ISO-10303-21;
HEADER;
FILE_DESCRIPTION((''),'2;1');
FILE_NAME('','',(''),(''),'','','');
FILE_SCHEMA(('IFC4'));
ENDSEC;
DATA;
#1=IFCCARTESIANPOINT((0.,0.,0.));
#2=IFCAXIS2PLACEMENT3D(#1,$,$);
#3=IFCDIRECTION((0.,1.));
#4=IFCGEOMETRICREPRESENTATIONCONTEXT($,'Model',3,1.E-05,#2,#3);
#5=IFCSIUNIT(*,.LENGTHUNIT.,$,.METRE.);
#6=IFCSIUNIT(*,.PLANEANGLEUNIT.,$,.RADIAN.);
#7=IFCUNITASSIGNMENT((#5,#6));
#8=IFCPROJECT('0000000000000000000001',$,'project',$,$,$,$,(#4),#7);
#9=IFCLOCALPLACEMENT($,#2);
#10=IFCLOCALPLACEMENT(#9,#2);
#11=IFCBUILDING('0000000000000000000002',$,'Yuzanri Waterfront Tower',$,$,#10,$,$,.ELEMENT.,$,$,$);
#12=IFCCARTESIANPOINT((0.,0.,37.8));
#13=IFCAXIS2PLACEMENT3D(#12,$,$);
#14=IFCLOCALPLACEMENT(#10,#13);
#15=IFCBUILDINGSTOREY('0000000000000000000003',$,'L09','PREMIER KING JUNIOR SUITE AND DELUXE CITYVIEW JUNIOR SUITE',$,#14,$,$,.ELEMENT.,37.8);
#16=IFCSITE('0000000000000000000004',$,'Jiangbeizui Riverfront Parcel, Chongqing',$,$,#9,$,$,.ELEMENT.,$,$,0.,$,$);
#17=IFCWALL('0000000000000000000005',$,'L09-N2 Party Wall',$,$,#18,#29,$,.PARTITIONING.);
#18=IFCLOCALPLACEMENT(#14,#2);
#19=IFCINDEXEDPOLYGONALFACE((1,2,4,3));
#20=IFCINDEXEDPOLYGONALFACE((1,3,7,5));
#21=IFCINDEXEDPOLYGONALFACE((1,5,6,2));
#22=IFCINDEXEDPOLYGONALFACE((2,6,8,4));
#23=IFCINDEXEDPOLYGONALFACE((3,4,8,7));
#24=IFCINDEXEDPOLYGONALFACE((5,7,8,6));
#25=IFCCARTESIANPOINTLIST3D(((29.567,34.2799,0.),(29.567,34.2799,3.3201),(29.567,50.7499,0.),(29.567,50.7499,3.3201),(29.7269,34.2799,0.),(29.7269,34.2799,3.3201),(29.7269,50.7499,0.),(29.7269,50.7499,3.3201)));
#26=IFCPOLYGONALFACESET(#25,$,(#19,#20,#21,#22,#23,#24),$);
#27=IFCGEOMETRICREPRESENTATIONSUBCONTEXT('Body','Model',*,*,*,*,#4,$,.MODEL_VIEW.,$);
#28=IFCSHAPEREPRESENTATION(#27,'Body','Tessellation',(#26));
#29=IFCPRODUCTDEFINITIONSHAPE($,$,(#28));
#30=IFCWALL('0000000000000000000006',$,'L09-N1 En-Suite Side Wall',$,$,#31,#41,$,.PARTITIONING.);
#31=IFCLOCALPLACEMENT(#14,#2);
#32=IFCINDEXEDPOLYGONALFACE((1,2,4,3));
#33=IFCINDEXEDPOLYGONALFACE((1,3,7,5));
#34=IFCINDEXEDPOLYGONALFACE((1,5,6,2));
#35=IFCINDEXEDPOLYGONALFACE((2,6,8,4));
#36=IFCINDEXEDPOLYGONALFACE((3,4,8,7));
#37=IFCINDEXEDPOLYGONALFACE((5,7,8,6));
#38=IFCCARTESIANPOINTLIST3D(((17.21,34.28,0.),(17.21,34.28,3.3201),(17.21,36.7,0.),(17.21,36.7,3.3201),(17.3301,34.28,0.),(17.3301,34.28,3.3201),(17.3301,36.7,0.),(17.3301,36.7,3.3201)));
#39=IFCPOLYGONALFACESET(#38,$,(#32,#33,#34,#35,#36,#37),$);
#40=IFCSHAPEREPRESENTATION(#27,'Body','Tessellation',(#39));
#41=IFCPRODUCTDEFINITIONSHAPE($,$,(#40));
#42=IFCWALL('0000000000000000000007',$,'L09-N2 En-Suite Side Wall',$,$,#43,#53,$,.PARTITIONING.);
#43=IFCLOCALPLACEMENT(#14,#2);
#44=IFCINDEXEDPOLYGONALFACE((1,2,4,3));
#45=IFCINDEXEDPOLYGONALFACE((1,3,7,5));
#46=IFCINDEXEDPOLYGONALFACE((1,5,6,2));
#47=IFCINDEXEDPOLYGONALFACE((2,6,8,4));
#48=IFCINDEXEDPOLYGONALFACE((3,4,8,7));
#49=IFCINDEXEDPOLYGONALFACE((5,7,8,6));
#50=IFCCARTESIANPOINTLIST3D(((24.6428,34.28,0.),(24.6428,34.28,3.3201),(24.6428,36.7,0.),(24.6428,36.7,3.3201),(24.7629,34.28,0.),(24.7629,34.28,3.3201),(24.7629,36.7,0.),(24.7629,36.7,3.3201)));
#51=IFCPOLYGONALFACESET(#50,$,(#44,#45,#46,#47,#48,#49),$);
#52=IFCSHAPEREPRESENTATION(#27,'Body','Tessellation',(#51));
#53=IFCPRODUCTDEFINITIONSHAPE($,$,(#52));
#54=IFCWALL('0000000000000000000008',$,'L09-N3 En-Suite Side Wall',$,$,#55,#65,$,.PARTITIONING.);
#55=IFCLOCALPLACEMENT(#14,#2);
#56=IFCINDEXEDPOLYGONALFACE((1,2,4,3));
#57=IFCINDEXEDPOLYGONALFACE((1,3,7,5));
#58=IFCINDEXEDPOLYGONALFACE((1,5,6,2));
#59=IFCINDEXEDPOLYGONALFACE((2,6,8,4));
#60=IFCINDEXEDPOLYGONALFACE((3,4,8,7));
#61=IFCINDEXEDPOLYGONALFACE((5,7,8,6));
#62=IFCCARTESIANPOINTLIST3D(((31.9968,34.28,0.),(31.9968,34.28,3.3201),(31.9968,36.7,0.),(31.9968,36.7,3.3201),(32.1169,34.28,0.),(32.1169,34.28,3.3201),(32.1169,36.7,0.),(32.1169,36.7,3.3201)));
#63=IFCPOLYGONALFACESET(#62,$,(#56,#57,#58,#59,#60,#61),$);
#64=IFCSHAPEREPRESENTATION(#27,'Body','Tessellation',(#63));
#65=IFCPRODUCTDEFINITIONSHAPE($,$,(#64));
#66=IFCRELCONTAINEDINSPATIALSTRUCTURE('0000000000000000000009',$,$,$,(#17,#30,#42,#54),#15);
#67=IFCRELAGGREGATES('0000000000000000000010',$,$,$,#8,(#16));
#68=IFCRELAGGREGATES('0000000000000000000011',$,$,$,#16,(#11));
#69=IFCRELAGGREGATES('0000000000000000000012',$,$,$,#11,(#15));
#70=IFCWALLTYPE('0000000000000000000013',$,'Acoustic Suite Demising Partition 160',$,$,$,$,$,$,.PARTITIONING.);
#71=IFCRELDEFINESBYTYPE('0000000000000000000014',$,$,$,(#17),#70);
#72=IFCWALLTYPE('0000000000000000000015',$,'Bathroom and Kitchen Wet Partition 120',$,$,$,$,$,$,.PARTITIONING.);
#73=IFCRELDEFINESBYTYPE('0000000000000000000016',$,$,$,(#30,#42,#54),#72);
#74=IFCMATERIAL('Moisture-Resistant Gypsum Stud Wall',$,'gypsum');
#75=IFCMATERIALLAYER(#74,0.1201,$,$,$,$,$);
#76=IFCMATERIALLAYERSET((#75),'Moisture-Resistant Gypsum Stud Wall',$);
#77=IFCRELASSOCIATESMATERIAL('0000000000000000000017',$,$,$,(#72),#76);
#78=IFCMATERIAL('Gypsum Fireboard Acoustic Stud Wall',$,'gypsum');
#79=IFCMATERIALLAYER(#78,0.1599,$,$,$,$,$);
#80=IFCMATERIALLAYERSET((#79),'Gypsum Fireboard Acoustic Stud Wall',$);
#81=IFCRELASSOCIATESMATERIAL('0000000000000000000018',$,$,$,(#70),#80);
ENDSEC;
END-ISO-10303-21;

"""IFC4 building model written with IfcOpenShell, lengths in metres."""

from ifc_helpers import new_model, si_unit, direction, frame, frame_2d, origin, place, context, subcontext, project, spatial, rectangle, extrude, source, transform, mapped, material, layer, layer_set, type_object, element, save


model = new_model("IFC4")

# Units and contexts
model_context = context("Model", 3, precision=1e-05, world=origin(), true_north=direction((0.0, 1.0)))
body_context = subcontext(model_context, "Body", "Model", "MODEL_VIEW")
ifc_project = project(units=[si_unit("LENGTHUNIT", "METRE"), si_unit("PLANEANGLEUNIT", "RADIAN")], contexts=[model_context])

# Site, building, storey
site_placement = place(None, origin())
site = spatial("IfcSite", under=ifc_project, at=site_placement, Name="Jiangbeizui Riverfront Parcel, Chongqing", CompositionType="ELEMENT", RefElevation=0.0)
building_placement = place(site_placement, origin())
building = spatial("IfcBuilding", under=site, at=building_placement, Name="Yuzanri Waterfront Tower", CompositionType="ELEMENT")
storey_placement = place(building_placement, frame((0.0, 0.0, 37.8)))
storey = spatial("IfcBuildingStorey", under=building, at=storey_placement, Name="L09", Description="PREMIER KING JUNIOR SUITE AND DELUXE CITYVIEW JUNIOR SUITE", CompositionType="ELEMENT", Elevation=37.8)

# Shared definitions
ifc_material_1 = material(Name="Moisture-Resistant Gypsum Stud Wall", Category="gypsum")
ifc_layer_1 = layer(ifc_material_1, 0.1201)
ifc_layer_set_1 = layer_set([ifc_layer_1], Name="Moisture-Resistant Gypsum Stud Wall")
wall_type_1 = type_object("IfcWallType", Name="Bathroom and Kitchen Wet Partition 120", PredefinedType="PARTITIONING", material=ifc_layer_set_1)

# Walls
ifc_material_2 = material(Name="Gypsum Fireboard Acoustic Stud Wall", Category="gypsum")
ifc_layer_2 = layer(ifc_material_2, 0.1599)
ifc_layer_set_2 = layer_set([ifc_layer_2], Name="Gypsum Fireboard Acoustic Stud Wall")
wall_type_2 = type_object("IfcWallType", Name="Acoustic Suite Demising Partition 160", PredefinedType="PARTITIONING", material=ifc_layer_set_2)
shared_shape_1 = source(origin(), body_context, "Body", "SweptSolid", [
    extrude(rectangle(XDim=16.47, YDim=0.1599, at=frame_2d((8.2349, 0.0))), origin(), (0.0, 0.0, 1.0), 3.3201),
])
for number, where, z_axis, x_axis, name in (
    (1, (29.647, 34.28, 0.0), (0.0, 0.0, 1.0), (0.0, 1.0, 0.0), "L09-N2 Party Wall"),
):
    element("IfcWall", number, at=place(storey_placement, frame(where, z_axis=z_axis, x_axis=x_axis)), inside=storey, type_object=wall_type_2, Name=name, PredefinedType="PARTITIONING", context=body_context, shape_type="MappedRepresentation", body=[
        mapped(shared_shape_1, transform((0.0, 0.0, 0.0), scale=1.0)),
    ])
shared_shape_2 = source(origin(), body_context, "Body", "SweptSolid", [
    extrude(rectangle(XDim=2.4199, YDim=0.1201, at=frame_2d((1.21, 0.0))), origin(), (0.0, 0.0, 1.0), 3.3201),
])
for number, where, z_axis, x_axis, name in (
    (2, (17.27, 34.28, 0.0), (0.0, 0.0, 1.0), (0.0, 1.0, 0.0), "L09-N1 En-Suite Side Wall"),
    (3, (24.7029, 34.28, 0.0), (0.0, 0.0, 1.0), (0.0, 1.0, 0.0), "L09-N2 En-Suite Side Wall"),
    (4, (32.0569, 34.28, 0.0), (0.0, 0.0, 1.0), (0.0, 1.0, 0.0), "L09-N3 En-Suite Side Wall"),
):
    element("IfcWall", number, at=place(storey_placement, frame(where, z_axis=z_axis, x_axis=x_axis)), inside=storey, type_object=wall_type_1, Name=name, PredefinedType="PARTITIONING", context=body_context, shape_type="MappedRepresentation", body=[
        mapped(shared_shape_2, transform((0.0, 0.0, 0.0), scale=1.0)),
    ])

save(model, "model.ifc")
